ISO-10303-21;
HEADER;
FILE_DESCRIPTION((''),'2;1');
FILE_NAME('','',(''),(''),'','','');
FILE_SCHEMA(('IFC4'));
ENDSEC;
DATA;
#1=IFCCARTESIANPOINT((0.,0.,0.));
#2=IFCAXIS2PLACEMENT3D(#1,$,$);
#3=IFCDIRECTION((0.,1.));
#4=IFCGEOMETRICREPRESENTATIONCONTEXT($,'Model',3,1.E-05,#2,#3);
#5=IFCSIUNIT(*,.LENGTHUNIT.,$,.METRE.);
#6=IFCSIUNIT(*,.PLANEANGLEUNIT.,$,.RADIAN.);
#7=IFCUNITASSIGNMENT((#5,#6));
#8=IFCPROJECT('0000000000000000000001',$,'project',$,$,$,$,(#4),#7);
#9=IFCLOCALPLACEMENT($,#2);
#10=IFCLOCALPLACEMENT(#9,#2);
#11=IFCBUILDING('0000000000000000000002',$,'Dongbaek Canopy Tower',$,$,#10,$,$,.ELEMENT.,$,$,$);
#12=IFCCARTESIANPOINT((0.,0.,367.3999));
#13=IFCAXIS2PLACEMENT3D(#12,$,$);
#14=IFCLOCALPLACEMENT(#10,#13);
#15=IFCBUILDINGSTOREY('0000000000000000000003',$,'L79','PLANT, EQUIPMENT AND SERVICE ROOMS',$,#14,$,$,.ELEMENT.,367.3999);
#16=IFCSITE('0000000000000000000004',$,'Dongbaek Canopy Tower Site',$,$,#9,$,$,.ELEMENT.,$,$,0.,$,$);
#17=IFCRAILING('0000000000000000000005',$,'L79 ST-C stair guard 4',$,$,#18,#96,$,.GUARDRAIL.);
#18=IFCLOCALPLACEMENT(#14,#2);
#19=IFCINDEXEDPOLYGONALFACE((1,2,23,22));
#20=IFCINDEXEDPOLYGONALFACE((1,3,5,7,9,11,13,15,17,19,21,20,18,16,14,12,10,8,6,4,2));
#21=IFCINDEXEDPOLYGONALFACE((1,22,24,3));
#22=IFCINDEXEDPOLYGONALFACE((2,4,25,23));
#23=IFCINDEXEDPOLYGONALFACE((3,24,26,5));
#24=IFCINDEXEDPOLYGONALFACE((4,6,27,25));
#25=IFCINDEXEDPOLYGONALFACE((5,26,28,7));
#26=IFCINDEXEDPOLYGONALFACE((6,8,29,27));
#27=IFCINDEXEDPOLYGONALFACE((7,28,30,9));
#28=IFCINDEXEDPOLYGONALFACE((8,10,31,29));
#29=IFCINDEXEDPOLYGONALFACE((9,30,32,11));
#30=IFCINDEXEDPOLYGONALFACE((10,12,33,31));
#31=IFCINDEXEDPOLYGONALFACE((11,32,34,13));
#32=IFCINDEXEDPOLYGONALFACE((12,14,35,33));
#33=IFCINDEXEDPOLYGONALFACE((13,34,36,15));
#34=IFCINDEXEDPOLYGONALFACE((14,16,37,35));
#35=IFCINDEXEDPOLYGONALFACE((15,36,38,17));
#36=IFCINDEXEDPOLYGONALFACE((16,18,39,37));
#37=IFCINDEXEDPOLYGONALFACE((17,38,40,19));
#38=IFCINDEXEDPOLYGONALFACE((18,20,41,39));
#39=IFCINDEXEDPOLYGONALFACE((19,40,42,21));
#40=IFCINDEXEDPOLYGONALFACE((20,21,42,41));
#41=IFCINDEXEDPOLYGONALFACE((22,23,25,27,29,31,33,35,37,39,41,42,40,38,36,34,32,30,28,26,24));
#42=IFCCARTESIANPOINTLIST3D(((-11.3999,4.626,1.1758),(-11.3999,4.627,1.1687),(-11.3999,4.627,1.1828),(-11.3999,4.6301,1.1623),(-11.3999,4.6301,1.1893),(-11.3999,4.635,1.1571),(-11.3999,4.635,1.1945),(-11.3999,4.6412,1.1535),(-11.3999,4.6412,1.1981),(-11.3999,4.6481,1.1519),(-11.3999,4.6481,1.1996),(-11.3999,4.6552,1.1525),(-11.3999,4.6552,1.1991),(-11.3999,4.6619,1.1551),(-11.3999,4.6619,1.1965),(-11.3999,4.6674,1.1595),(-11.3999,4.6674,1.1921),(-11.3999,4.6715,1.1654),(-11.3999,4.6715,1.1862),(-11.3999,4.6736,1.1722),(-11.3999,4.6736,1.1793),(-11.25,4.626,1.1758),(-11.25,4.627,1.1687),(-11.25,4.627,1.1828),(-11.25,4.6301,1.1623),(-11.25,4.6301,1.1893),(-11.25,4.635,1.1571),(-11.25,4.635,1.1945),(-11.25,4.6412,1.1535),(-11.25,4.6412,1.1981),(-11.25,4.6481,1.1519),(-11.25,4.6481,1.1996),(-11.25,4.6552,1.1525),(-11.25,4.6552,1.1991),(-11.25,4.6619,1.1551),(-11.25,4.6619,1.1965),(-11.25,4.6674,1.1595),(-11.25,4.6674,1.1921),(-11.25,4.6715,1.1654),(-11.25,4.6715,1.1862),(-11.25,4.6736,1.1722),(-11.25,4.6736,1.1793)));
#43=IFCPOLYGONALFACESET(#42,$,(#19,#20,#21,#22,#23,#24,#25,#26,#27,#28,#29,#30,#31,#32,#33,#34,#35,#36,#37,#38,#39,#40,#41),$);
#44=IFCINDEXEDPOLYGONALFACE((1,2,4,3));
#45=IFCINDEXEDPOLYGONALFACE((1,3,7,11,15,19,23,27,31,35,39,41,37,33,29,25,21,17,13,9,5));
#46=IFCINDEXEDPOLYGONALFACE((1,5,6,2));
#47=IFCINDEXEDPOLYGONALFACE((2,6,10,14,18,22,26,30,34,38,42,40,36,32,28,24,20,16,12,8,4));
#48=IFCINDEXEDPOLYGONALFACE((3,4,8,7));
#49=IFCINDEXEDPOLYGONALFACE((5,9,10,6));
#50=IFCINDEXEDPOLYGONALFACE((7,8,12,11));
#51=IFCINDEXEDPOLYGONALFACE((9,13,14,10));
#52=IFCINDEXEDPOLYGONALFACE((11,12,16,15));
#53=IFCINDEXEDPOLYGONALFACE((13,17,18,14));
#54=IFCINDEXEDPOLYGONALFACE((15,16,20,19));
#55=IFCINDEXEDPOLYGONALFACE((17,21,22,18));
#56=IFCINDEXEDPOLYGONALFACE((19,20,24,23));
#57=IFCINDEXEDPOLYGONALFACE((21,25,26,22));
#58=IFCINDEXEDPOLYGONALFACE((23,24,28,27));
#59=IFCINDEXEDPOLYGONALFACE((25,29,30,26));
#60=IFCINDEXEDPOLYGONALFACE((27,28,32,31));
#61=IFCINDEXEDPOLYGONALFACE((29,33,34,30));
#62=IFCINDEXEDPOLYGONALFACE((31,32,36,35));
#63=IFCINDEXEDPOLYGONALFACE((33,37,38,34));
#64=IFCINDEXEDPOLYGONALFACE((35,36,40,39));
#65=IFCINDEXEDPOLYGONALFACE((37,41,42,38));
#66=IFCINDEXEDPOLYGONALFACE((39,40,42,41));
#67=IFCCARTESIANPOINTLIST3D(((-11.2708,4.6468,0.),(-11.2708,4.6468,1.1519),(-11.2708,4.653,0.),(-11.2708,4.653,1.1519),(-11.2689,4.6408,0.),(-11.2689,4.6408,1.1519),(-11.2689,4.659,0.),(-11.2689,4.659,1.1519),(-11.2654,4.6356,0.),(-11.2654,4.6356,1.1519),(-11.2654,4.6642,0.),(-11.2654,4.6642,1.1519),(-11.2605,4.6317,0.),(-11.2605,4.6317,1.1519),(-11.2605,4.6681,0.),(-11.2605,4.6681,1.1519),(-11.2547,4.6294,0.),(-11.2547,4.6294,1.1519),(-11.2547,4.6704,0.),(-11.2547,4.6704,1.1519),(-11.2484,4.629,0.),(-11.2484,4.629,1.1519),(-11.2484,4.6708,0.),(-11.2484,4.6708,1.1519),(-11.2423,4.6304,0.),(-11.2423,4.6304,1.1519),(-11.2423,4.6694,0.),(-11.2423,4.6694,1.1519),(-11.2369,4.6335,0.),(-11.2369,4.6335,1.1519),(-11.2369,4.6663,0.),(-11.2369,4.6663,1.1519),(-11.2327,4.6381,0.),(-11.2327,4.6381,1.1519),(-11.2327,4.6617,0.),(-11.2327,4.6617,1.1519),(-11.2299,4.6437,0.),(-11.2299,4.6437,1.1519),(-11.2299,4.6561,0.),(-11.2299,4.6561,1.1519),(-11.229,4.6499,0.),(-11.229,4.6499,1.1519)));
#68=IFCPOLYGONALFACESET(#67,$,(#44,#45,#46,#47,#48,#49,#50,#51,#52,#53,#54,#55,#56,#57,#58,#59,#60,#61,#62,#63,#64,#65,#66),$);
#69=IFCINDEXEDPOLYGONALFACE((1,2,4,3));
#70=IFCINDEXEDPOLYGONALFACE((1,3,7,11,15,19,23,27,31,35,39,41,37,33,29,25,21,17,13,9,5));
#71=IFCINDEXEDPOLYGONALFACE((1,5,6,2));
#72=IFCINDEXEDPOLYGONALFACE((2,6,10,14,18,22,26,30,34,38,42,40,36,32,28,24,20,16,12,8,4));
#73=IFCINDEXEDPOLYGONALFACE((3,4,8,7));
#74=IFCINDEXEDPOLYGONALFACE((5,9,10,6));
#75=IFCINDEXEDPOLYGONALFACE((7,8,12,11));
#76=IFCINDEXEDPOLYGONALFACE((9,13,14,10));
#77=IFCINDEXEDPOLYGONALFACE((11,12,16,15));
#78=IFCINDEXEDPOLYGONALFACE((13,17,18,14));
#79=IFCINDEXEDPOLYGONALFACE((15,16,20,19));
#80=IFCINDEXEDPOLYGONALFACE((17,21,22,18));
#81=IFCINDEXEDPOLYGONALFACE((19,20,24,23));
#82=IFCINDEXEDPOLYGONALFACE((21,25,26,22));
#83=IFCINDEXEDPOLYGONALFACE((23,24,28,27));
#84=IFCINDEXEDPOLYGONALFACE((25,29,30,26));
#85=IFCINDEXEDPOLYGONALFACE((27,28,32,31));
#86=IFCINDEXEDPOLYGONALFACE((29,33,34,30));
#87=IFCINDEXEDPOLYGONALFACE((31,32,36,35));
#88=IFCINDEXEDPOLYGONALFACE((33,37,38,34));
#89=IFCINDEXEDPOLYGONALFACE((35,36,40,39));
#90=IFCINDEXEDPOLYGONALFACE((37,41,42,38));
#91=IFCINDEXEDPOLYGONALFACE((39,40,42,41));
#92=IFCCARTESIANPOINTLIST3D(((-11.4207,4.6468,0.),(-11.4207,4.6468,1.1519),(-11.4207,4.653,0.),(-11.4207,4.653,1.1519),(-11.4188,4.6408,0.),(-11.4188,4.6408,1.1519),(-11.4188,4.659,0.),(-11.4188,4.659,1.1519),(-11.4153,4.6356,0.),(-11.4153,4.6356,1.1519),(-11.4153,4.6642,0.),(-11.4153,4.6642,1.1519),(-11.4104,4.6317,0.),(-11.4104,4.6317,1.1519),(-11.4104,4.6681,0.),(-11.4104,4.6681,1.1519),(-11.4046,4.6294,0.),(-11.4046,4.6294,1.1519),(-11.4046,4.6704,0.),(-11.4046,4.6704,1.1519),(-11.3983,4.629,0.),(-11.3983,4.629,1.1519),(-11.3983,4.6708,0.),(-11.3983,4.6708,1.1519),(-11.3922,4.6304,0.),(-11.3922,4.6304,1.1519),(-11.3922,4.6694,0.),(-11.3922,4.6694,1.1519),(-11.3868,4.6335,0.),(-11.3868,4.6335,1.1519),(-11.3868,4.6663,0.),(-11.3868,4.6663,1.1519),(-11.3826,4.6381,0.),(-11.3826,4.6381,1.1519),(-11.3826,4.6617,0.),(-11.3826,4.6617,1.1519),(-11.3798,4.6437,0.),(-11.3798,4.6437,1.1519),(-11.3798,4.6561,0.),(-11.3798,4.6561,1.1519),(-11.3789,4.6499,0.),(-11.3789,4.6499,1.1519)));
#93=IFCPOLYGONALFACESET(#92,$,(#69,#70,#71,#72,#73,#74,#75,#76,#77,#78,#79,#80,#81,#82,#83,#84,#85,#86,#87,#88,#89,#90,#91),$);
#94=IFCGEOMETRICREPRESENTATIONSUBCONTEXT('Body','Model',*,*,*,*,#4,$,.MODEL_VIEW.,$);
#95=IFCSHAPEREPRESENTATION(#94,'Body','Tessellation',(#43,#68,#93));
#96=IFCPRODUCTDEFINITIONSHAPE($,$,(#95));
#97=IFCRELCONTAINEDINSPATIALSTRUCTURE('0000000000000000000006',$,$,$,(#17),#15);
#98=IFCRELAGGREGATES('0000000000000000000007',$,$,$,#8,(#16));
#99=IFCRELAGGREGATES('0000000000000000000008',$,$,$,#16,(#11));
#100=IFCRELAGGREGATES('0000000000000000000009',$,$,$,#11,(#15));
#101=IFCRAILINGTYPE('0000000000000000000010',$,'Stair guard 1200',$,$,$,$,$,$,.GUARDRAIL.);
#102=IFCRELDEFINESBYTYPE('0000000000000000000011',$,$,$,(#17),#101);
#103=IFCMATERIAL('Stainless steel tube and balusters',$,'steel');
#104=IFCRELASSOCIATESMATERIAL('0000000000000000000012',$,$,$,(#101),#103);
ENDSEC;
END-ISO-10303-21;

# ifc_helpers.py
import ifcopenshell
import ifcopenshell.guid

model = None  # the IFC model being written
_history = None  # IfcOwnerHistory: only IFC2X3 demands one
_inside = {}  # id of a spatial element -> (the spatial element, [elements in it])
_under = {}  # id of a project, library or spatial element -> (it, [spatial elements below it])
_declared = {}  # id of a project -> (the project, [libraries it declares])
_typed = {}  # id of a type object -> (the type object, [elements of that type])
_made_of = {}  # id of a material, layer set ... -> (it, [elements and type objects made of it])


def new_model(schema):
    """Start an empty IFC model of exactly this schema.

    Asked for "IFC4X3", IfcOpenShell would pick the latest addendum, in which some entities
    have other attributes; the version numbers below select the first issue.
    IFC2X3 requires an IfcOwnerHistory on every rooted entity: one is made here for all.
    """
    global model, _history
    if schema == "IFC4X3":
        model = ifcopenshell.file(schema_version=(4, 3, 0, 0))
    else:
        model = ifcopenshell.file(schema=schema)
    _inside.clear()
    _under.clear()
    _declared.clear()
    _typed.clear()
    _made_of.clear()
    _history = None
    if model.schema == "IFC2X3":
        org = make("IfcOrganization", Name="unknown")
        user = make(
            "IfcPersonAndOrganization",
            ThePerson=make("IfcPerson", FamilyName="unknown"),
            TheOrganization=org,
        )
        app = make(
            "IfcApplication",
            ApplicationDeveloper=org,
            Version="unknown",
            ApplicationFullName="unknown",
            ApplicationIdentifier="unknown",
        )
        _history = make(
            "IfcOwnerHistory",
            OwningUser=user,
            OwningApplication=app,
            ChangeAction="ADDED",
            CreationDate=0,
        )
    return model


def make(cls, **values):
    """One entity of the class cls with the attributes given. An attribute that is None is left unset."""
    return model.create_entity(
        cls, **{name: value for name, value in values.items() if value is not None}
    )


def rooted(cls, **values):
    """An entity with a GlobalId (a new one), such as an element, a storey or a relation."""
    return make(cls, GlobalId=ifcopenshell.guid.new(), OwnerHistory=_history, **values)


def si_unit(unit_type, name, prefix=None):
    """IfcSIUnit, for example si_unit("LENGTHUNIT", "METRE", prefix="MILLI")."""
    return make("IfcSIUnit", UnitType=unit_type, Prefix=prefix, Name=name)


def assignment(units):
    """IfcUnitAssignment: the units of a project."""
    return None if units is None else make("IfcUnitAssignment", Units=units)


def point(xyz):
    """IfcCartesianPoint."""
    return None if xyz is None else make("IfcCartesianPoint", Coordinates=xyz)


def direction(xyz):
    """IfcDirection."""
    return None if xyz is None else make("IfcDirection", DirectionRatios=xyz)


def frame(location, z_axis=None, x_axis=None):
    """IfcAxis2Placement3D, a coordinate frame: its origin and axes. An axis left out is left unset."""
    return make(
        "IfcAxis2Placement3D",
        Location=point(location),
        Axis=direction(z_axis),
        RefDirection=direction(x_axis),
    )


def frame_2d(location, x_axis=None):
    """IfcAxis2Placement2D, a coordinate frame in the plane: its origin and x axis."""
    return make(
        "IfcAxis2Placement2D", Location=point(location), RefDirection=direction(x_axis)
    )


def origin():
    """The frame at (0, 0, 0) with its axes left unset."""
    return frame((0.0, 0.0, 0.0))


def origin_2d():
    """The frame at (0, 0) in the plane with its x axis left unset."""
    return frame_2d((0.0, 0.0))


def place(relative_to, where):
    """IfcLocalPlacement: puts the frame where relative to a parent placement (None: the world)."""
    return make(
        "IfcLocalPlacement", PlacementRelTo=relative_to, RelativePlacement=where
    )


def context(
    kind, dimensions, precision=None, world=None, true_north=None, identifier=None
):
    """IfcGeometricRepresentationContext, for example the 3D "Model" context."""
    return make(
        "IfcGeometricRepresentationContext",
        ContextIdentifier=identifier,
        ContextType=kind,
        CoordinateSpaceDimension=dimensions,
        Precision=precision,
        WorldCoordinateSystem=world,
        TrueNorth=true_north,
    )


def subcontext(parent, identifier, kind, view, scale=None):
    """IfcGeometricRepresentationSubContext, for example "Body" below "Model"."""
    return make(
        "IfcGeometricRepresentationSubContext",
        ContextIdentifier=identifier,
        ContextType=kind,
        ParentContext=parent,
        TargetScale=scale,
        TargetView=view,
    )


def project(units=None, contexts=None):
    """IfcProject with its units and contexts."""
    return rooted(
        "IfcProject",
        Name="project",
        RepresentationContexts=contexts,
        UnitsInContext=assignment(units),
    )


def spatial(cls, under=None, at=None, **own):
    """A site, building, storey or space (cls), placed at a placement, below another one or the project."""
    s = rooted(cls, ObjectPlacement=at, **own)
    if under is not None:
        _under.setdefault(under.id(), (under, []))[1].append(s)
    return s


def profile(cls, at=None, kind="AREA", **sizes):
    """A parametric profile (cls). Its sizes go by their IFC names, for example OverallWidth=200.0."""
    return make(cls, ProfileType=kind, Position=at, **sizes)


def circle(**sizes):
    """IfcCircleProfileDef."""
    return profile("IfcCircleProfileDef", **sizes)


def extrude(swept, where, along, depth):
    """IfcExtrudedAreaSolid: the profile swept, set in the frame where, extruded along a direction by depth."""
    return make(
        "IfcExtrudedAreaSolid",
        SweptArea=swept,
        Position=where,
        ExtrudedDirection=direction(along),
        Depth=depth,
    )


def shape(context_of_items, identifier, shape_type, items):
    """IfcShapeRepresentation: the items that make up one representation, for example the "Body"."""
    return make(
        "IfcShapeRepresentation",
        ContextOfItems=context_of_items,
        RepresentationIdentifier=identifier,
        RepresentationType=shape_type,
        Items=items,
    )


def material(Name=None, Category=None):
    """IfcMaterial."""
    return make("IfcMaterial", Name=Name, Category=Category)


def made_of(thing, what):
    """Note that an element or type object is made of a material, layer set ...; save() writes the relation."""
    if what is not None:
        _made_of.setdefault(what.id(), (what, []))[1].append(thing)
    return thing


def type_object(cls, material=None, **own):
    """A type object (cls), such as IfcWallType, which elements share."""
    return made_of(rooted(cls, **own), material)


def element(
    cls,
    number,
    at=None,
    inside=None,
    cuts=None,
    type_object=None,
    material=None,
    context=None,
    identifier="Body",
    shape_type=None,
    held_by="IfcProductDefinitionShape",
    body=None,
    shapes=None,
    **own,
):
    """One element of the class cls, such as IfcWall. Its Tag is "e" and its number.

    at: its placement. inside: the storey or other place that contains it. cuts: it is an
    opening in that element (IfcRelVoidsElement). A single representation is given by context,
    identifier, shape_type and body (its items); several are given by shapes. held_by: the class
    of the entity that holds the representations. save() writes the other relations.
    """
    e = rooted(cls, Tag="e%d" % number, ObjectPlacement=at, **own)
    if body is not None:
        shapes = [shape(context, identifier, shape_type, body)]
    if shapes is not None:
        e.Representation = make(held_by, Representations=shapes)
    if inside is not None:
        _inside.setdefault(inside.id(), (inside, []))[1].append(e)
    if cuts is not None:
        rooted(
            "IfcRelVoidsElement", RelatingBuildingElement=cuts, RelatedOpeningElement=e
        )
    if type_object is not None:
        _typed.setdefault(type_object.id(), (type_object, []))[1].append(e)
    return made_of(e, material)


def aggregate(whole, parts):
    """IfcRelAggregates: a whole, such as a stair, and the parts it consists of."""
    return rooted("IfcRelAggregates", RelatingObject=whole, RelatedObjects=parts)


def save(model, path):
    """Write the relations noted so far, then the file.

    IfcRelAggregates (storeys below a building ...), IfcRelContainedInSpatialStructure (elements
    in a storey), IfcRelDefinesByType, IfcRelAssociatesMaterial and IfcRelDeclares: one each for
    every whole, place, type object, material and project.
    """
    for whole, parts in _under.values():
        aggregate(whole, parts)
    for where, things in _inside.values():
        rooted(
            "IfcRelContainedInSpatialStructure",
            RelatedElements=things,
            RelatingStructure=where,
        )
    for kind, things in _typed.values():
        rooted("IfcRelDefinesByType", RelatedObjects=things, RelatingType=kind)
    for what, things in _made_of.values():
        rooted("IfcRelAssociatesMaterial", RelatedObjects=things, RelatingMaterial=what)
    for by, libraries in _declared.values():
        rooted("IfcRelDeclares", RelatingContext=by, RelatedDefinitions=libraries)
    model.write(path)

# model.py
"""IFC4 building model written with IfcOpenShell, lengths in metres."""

from ifc_helpers import new_model, si_unit, direction, frame, origin, origin_2d, place, context, subcontext, project, spatial, circle, extrude, material, type_object, element, save


model = new_model("IFC4")

# Units and contexts
model_context = context("Model", 3, precision=1e-05, world=origin(), true_north=direction((0.0, 1.0)))
body_context = subcontext(model_context, "Body", "Model", "MODEL_VIEW")
ifc_project = project(units=[si_unit("LENGTHUNIT", "METRE"), si_unit("PLANEANGLEUNIT", "RADIAN")], contexts=[model_context])

# Site, building, storey
site_placement = place(None, origin())
site = spatial("IfcSite", under=ifc_project, at=site_placement, Name="Dongbaek Canopy Tower Site", CompositionType="ELEMENT", RefElevation=0.0)
building_placement = place(site_placement, origin())
building = spatial("IfcBuilding", under=site, at=building_placement, Name="Dongbaek Canopy Tower", CompositionType="ELEMENT")
storey_placement = place(building_placement, frame((0.0, 0.0, 367.3999)))
storey = spatial("IfcBuildingStorey", under=building, at=storey_placement, Name="L79", Description="PLANT, EQUIPMENT AND SERVICE ROOMS", CompositionType="ELEMENT", Elevation=367.3999)

# Railing
ifc_material_1 = material(Name="Stainless steel tube and balusters", Category="steel")
railing_type_1 = type_object("IfcRailingType", Name="Stair guard 1200", PredefinedType="GUARDRAIL", material=ifc_material_1)
railing_1_placement = place(storey_placement, frame((-11.25, 4.6499, 0.0)))
element("IfcRailing", 1, at=railing_1_placement, inside=storey, type_object=railing_type_1, Name="L79 ST-C stair guard 4", PredefinedType="GUARDRAIL", context=body_context, shape_type="SweptSolid", body=[
    extrude(circle(Radius=0.0239, at=origin_2d()), frame((0.0, 0.0, 1.1758), z_axis=(-1.0, 0.0, 0.0), x_axis=(0.0, -1.0, 0.0)), (0.0, 0.0, 1.0), 0.1499),
    extrude(circle(Radius=0.021, at=origin_2d()), origin(), (0.0, 0.0, 1.0), 1.1519),
    extrude(circle(Radius=0.021, at=origin_2d()), frame((-0.1499, 0.0, 0.0)), (0.0, 0.0, 1.0), 1.1519),
])

save(model, "model.ifc")
